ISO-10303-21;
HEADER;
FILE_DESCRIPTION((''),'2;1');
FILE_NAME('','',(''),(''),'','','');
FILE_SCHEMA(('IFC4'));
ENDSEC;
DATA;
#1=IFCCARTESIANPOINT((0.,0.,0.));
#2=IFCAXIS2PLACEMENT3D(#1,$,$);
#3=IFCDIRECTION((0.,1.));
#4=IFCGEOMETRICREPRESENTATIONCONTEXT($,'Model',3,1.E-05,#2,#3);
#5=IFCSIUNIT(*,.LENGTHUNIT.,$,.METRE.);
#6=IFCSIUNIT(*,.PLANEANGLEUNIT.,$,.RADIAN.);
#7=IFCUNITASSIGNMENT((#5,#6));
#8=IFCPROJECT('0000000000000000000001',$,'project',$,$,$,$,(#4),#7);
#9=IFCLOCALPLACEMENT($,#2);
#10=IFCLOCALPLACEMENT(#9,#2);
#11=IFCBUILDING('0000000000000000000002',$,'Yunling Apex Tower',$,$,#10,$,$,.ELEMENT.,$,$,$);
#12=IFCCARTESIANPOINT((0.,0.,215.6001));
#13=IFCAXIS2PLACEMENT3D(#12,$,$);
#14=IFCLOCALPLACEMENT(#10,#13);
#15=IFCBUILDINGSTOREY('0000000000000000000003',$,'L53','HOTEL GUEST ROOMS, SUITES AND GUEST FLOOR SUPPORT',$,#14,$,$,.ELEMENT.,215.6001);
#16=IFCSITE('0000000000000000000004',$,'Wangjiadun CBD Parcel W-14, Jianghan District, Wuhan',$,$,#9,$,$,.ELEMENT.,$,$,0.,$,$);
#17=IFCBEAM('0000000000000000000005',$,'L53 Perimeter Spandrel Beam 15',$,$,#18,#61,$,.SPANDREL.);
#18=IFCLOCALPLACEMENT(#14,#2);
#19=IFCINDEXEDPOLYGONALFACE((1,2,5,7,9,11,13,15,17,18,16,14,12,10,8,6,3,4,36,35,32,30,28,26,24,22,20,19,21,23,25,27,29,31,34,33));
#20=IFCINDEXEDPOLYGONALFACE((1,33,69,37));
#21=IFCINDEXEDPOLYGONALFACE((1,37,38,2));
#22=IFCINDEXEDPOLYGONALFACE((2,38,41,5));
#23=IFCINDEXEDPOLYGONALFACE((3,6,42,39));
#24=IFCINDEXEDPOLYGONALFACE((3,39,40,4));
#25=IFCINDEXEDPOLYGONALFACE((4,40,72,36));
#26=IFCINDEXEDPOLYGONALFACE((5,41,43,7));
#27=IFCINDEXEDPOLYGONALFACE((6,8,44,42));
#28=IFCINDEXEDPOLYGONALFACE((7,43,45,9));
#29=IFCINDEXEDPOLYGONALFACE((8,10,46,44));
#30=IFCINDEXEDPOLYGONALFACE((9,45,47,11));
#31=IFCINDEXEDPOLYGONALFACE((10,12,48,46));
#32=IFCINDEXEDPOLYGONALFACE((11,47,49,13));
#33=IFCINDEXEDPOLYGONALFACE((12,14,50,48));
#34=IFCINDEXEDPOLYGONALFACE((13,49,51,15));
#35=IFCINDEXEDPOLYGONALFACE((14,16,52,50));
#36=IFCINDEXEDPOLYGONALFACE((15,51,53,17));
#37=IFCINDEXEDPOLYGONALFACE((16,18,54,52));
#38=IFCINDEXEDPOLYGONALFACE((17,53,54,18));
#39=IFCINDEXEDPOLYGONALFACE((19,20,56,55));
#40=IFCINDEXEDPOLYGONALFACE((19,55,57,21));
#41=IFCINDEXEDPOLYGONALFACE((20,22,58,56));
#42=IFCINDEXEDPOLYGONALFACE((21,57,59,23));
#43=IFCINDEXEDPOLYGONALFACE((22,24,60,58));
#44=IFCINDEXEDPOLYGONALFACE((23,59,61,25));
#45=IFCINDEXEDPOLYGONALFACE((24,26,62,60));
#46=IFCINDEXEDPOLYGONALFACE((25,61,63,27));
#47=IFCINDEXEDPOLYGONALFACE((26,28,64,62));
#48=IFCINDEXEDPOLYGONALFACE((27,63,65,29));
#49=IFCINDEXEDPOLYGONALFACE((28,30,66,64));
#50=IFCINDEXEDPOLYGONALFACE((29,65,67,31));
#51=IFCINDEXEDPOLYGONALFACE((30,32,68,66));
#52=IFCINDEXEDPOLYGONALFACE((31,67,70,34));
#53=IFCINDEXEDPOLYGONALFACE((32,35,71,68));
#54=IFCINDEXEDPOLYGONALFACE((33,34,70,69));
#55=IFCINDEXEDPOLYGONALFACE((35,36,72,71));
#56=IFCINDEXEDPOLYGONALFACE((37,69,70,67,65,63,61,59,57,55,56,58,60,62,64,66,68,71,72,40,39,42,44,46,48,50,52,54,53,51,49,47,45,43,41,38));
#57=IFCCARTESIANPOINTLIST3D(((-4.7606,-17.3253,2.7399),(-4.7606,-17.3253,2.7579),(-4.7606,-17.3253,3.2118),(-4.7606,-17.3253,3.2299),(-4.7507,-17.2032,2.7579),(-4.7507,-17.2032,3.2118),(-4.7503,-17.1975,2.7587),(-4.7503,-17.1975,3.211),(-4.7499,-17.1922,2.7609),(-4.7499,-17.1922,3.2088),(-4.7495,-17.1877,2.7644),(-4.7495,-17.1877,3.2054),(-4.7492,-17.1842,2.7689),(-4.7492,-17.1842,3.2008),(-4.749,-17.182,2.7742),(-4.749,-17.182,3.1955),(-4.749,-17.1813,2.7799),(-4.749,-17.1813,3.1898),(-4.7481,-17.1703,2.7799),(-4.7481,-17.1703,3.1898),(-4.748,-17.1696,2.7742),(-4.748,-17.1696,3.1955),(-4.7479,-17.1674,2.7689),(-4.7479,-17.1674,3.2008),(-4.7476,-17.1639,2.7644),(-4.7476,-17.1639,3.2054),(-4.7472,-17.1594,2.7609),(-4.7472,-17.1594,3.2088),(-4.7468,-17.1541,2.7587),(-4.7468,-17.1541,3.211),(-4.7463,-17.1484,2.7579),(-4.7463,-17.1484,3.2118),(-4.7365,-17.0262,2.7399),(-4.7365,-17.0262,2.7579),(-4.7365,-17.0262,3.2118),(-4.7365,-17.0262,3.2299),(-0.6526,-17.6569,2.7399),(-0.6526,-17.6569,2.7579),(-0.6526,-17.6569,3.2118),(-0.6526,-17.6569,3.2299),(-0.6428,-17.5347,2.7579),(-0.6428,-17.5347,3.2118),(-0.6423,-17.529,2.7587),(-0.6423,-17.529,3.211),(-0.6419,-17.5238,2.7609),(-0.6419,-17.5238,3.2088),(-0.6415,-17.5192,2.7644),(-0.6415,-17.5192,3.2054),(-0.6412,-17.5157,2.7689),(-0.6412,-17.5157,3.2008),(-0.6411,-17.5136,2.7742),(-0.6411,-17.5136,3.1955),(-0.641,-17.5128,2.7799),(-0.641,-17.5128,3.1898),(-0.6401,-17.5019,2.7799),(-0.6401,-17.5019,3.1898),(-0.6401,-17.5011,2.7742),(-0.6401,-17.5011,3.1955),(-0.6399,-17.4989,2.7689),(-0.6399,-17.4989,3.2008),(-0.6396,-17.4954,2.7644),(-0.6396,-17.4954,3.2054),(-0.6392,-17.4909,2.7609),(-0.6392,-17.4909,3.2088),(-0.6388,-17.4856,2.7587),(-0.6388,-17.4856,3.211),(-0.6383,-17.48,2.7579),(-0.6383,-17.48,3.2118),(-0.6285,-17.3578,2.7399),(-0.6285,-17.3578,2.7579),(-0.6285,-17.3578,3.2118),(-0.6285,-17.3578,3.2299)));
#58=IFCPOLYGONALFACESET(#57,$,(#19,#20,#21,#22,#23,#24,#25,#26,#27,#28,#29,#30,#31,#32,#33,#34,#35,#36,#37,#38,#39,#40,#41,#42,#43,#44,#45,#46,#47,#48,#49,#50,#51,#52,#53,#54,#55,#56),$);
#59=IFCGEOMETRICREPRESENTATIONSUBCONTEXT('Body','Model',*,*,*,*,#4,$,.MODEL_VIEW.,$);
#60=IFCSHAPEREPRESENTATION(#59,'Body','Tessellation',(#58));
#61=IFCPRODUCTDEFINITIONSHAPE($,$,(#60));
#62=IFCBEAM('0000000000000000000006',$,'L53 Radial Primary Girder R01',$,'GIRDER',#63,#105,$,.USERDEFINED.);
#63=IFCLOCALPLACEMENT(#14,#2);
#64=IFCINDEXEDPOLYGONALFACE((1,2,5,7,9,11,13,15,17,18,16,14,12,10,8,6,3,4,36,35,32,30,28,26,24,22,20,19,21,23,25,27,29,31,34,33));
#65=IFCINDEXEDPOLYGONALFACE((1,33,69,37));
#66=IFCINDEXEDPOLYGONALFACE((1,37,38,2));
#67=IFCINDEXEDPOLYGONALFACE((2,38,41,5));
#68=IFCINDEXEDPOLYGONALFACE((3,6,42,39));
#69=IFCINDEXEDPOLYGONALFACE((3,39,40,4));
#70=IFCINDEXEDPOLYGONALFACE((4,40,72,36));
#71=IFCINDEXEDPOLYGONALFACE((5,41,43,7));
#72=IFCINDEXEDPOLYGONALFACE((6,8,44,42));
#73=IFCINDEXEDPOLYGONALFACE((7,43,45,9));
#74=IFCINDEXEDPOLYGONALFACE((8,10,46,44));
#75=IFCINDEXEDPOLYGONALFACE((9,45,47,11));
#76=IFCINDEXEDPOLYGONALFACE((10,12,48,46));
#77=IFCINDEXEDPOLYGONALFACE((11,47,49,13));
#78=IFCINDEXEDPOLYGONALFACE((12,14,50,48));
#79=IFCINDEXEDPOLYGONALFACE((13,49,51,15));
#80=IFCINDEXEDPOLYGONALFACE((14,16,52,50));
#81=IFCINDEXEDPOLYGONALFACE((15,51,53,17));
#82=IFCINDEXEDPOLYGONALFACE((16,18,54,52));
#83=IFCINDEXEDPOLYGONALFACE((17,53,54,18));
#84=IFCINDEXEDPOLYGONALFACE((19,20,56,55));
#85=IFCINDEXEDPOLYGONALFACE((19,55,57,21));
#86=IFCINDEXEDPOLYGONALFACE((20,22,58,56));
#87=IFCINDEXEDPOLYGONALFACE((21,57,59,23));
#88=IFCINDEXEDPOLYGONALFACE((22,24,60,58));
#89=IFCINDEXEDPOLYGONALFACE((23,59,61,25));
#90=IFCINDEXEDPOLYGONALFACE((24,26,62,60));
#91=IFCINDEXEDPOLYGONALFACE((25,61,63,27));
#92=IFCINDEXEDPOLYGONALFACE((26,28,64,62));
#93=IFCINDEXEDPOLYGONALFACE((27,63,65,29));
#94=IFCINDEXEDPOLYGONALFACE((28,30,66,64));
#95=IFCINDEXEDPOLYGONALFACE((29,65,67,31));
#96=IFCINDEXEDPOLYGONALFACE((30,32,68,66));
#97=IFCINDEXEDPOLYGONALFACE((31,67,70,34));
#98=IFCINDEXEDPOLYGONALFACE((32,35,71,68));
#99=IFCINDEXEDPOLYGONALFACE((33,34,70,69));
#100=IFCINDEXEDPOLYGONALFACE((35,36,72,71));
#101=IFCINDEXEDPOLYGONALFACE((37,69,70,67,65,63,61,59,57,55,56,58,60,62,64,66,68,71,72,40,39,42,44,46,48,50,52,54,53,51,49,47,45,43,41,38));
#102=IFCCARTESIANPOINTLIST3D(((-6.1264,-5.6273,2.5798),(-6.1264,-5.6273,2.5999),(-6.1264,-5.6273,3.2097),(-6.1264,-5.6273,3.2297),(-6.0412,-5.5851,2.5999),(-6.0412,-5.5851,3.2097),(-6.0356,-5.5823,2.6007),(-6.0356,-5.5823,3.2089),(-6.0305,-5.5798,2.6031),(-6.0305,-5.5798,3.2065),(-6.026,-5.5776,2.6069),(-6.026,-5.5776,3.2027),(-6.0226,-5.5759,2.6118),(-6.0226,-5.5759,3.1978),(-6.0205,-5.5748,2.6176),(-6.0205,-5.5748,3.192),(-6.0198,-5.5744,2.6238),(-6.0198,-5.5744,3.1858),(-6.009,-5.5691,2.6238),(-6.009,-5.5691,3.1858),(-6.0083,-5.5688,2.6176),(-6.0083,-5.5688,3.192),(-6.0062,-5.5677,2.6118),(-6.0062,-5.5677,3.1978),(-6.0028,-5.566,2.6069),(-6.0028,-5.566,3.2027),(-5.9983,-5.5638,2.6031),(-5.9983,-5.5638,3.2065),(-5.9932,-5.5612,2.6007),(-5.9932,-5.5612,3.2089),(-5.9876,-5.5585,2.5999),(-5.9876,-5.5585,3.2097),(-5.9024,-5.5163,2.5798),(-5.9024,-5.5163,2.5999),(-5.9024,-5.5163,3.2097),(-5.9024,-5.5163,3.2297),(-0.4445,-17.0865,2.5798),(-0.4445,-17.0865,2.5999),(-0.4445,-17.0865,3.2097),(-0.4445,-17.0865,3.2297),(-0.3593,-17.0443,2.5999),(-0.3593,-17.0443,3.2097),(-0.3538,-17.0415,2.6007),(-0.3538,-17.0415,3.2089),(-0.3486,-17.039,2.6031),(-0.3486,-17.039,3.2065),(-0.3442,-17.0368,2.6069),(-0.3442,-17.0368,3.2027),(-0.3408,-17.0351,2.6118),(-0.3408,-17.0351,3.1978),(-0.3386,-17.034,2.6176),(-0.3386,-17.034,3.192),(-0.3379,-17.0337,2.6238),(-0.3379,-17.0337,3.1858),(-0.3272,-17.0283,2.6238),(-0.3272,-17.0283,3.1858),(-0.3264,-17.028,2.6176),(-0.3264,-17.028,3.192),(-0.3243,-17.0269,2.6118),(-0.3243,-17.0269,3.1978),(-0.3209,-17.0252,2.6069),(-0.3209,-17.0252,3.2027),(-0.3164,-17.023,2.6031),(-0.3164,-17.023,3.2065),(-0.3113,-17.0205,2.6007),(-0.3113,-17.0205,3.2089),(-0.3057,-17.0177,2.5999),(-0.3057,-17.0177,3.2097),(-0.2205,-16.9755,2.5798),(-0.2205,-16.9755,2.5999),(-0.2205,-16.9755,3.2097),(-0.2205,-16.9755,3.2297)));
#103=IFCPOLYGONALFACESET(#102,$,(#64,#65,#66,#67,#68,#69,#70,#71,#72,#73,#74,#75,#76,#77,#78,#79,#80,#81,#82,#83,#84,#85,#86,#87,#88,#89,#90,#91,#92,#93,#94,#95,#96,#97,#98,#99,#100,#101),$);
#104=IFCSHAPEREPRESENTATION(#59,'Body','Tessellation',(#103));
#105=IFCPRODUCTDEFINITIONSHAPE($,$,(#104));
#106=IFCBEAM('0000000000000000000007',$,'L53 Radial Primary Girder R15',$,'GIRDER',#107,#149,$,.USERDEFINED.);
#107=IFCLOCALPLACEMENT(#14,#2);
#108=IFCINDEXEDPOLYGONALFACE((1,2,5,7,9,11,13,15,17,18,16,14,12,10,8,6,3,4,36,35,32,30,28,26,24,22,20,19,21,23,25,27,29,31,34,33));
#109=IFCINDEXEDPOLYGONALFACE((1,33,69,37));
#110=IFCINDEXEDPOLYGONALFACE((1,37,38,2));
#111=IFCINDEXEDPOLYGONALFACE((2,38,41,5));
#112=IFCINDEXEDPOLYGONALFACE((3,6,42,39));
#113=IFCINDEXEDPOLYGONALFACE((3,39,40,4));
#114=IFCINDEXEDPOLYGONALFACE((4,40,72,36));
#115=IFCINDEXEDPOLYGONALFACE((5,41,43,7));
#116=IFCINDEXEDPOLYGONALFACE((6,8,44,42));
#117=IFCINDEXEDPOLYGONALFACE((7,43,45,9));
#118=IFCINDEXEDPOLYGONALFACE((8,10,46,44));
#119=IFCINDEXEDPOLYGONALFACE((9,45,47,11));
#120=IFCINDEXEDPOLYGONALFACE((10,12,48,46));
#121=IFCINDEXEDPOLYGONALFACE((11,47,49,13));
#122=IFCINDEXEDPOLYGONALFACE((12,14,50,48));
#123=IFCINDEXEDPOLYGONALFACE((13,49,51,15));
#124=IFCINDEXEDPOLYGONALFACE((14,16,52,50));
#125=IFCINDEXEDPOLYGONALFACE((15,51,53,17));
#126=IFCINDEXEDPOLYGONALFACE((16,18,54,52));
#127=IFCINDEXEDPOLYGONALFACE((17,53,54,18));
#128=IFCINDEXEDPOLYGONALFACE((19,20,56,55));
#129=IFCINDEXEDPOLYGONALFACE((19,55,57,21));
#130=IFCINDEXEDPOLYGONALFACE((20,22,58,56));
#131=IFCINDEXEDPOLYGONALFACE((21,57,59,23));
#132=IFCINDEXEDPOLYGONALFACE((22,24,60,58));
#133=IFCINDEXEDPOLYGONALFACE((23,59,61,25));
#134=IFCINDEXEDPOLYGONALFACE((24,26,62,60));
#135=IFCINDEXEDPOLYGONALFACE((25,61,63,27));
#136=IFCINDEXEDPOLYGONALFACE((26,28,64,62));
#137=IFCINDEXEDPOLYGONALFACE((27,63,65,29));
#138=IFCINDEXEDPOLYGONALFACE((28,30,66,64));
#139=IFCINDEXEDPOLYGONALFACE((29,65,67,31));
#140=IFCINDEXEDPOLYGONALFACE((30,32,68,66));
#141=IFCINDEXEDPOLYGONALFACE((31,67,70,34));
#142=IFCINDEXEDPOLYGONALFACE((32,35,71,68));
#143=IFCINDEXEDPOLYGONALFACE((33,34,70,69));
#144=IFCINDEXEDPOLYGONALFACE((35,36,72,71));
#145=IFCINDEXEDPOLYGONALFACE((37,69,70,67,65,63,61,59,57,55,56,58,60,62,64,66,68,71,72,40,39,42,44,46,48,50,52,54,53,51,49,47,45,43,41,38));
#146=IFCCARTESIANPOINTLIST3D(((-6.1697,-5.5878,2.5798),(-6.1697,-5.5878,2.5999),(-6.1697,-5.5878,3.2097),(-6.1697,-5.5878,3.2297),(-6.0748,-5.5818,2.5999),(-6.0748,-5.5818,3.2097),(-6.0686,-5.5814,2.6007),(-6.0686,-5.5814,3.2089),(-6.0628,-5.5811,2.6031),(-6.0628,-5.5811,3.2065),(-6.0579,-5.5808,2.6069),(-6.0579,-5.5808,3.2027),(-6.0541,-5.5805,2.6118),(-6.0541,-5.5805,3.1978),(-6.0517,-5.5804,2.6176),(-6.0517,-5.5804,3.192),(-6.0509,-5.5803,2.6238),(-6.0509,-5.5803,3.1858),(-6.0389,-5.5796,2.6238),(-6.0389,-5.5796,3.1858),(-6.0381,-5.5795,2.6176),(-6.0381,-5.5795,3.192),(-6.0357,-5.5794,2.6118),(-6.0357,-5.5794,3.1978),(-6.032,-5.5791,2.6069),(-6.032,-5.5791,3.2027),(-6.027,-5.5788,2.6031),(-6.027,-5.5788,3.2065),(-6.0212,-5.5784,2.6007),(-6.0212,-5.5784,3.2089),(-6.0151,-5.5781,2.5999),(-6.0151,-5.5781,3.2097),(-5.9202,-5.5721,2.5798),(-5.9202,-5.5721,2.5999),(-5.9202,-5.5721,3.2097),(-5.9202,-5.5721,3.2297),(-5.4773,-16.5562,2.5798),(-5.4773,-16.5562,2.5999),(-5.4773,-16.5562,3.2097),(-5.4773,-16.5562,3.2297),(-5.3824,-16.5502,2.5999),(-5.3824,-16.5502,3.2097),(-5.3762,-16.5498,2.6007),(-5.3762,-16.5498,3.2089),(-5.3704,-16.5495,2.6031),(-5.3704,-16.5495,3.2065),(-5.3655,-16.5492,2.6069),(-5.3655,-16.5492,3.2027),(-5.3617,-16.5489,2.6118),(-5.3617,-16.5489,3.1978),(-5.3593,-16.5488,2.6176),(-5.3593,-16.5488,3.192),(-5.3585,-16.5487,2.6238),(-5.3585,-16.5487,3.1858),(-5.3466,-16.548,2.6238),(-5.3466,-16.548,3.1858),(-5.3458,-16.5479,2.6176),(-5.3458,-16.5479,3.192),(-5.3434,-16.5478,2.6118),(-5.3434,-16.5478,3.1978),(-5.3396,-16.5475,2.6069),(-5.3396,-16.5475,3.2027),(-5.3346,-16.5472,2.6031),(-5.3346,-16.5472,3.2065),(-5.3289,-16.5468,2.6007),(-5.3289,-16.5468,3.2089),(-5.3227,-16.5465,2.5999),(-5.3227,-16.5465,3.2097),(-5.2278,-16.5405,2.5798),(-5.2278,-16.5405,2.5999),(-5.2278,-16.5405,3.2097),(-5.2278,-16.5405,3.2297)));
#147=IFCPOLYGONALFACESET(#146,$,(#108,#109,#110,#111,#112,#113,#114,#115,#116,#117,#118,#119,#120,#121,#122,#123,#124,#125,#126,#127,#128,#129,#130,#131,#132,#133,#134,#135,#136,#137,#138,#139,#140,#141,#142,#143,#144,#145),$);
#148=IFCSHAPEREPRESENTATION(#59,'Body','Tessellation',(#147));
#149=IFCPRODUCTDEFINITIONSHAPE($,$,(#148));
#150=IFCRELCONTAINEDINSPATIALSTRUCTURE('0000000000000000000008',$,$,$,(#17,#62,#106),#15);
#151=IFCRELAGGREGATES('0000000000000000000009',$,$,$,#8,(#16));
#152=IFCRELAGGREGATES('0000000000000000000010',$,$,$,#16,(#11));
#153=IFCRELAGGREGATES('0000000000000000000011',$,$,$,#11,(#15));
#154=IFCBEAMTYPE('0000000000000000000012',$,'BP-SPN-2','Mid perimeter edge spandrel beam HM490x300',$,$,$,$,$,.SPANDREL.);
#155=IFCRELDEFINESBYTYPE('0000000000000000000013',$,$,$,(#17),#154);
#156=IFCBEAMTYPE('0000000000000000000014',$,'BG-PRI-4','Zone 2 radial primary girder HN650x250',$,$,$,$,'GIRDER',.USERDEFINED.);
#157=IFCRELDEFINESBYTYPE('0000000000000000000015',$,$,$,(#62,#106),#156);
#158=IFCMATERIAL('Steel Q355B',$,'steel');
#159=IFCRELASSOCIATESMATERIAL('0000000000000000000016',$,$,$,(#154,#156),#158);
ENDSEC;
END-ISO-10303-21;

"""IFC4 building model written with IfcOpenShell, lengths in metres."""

from ifc_helpers import new_model, si_unit, direction, frame, origin, origin_2d, place, context, subcontext, project, spatial, i_section, extrude, source, transform, mapped, material, material_profile, profile_set, type_object, element, save


model = new_model("IFC4")

# Units and contexts
model_context = context("Model", 3, precision=1e-05, world=origin(), true_north=direction((0.0, 1.0)))
body_context = subcontext(model_context, "Body", "Model", "MODEL_VIEW")
ifc_project = project(units=[si_unit("LENGTHUNIT", "METRE"), si_unit("PLANEANGLEUNIT", "RADIAN")], contexts=[model_context])

# Site, building, storey
site_placement = place(None, origin())
site = spatial("IfcSite", under=ifc_project, at=site_placement, Name="Wangjiadun CBD Parcel W-14, Jianghan District, Wuhan", CompositionType="ELEMENT", RefElevation=0.0)
building_placement = place(site_placement, origin())
building = spatial("IfcBuilding", under=site, at=building_placement, Name="Yunling Apex Tower", CompositionType="ELEMENT")
storey_placement = place(building_placement, frame((0.0, 0.0, 215.6001)))
storey = spatial("IfcBuildingStorey", under=building, at=storey_placement, Name="L53", Description="HOTEL GUEST ROOMS, SUITES AND GUEST FLOOR SUPPORT", CompositionType="ELEMENT", Elevation=215.6001)

# Beams
ifc_material_1 = material(Name="Steel Q355B", Category="steel")
ifc_material_profile_1 = material_profile(ifc_material_1, i_section(OverallWidth=0.3, OverallDepth=0.49, WebThickness=0.011, FlangeThickness=0.0181, FilletRadius=0.022, at=origin_2d()))
ifc_profile_set_1 = profile_set([ifc_material_profile_1], Name="Steel Q355B")
beam_type_1 = type_object("IfcBeamType", Name="BP-SPN-2", Description="Mid perimeter edge spandrel beam HM490x300", PredefinedType="SPANDREL", material=ifc_profile_set_1)
shared_shape_1 = source(origin(), body_context, "Body", "SweptSolid", [
    extrude(i_section(OverallWidth=0.3, OverallDepth=0.49, WebThickness=0.011, FlangeThickness=0.0181, FilletRadius=0.022, at=origin_2d()), origin(), (0.0, 0.0, 1.0), 4.1213),
])
beam_1_placement = place(storey_placement, frame((-4.7485, -17.1758, 2.9849), z_axis=(0.996759, -0.080447, 0.0), x_axis=(0.080447, 0.996759, 0.0)))
element("IfcBeam", 1, at=beam_1_placement, inside=storey, type_object=beam_type_1, Name="L53 Perimeter Spandrel Beam 15", PredefinedType="SPANDREL", context=body_context, shape_type="MappedRepresentation", body=[
    mapped(shared_shape_1, transform((0.0, 0.0, 0.0), scale=1.0)),
])
ifc_material_profile_2 = material_profile(ifc_material_1, i_section(OverallWidth=0.25, OverallDepth=0.6499, WebThickness=0.012, FlangeThickness=0.02, FilletRadius=0.0239, at=origin_2d()))
ifc_profile_set_2 = profile_set([ifc_material_profile_2], Name="Steel Q355B")
beam_type_2 = type_object("IfcBeamType", Name="BG-PRI-4", Description="Zone 2 radial primary girder HN650x250", ElementType="GIRDER", PredefinedType="USERDEFINED", material=ifc_profile_set_2)
shared_shape_2 = source(origin(), body_context, "Body", "SweptSolid", [
    extrude(i_section(OverallWidth=0.25, OverallDepth=0.6499, WebThickness=0.012, FlangeThickness=0.02, FilletRadius=0.0239, at=origin_2d()), origin(), (0.0, 0.0, 1.0), 12.7905),
])
beam_2_placement = place(storey_placement, frame((-0.3325, -17.031, 2.9048), z_axis=(-0.444226, 0.895915, 0.0), x_axis=(-0.895915, -0.444226, 0.0)))
element("IfcBeam", 2, at=beam_2_placement, inside=storey, type_object=beam_type_2, Name="L53 Radial Primary Girder R01", ObjectType="GIRDER", PredefinedType="USERDEFINED", context=body_context, shape_type="MappedRepresentation", body=[
    mapped(shared_shape_2, transform((0.0, 0.0, 0.0), scale=1.0)),
])
shared_shape_3 = source(origin(), body_context, "Body", "SweptSolid", [
    extrude(i_section(OverallWidth=0.25, OverallDepth=0.6499, WebThickness=0.012, FlangeThickness=0.02, FilletRadius=0.0239, at=origin_2d()), origin(), (0.0, 0.0, 1.0), 10.9902),
])
beam_3_placement = place(storey_placement, frame((-5.3525, -16.5483, 2.9048), z_axis=(-0.062999, 0.998014, 0.0), x_axis=(-0.998014, -0.062999, 0.0)))
element("IfcBeam", 3, at=beam_3_placement, inside=storey, type_object=beam_type_2, Name="L53 Radial Primary Girder R15", ObjectType="GIRDER", PredefinedType="USERDEFINED", context=body_context, shape_type="MappedRepresentation", body=[
    mapped(shared_shape_3, transform((0.0, 0.0, 0.0), scale=1.0)),
])

save(model, "model.ifc")
